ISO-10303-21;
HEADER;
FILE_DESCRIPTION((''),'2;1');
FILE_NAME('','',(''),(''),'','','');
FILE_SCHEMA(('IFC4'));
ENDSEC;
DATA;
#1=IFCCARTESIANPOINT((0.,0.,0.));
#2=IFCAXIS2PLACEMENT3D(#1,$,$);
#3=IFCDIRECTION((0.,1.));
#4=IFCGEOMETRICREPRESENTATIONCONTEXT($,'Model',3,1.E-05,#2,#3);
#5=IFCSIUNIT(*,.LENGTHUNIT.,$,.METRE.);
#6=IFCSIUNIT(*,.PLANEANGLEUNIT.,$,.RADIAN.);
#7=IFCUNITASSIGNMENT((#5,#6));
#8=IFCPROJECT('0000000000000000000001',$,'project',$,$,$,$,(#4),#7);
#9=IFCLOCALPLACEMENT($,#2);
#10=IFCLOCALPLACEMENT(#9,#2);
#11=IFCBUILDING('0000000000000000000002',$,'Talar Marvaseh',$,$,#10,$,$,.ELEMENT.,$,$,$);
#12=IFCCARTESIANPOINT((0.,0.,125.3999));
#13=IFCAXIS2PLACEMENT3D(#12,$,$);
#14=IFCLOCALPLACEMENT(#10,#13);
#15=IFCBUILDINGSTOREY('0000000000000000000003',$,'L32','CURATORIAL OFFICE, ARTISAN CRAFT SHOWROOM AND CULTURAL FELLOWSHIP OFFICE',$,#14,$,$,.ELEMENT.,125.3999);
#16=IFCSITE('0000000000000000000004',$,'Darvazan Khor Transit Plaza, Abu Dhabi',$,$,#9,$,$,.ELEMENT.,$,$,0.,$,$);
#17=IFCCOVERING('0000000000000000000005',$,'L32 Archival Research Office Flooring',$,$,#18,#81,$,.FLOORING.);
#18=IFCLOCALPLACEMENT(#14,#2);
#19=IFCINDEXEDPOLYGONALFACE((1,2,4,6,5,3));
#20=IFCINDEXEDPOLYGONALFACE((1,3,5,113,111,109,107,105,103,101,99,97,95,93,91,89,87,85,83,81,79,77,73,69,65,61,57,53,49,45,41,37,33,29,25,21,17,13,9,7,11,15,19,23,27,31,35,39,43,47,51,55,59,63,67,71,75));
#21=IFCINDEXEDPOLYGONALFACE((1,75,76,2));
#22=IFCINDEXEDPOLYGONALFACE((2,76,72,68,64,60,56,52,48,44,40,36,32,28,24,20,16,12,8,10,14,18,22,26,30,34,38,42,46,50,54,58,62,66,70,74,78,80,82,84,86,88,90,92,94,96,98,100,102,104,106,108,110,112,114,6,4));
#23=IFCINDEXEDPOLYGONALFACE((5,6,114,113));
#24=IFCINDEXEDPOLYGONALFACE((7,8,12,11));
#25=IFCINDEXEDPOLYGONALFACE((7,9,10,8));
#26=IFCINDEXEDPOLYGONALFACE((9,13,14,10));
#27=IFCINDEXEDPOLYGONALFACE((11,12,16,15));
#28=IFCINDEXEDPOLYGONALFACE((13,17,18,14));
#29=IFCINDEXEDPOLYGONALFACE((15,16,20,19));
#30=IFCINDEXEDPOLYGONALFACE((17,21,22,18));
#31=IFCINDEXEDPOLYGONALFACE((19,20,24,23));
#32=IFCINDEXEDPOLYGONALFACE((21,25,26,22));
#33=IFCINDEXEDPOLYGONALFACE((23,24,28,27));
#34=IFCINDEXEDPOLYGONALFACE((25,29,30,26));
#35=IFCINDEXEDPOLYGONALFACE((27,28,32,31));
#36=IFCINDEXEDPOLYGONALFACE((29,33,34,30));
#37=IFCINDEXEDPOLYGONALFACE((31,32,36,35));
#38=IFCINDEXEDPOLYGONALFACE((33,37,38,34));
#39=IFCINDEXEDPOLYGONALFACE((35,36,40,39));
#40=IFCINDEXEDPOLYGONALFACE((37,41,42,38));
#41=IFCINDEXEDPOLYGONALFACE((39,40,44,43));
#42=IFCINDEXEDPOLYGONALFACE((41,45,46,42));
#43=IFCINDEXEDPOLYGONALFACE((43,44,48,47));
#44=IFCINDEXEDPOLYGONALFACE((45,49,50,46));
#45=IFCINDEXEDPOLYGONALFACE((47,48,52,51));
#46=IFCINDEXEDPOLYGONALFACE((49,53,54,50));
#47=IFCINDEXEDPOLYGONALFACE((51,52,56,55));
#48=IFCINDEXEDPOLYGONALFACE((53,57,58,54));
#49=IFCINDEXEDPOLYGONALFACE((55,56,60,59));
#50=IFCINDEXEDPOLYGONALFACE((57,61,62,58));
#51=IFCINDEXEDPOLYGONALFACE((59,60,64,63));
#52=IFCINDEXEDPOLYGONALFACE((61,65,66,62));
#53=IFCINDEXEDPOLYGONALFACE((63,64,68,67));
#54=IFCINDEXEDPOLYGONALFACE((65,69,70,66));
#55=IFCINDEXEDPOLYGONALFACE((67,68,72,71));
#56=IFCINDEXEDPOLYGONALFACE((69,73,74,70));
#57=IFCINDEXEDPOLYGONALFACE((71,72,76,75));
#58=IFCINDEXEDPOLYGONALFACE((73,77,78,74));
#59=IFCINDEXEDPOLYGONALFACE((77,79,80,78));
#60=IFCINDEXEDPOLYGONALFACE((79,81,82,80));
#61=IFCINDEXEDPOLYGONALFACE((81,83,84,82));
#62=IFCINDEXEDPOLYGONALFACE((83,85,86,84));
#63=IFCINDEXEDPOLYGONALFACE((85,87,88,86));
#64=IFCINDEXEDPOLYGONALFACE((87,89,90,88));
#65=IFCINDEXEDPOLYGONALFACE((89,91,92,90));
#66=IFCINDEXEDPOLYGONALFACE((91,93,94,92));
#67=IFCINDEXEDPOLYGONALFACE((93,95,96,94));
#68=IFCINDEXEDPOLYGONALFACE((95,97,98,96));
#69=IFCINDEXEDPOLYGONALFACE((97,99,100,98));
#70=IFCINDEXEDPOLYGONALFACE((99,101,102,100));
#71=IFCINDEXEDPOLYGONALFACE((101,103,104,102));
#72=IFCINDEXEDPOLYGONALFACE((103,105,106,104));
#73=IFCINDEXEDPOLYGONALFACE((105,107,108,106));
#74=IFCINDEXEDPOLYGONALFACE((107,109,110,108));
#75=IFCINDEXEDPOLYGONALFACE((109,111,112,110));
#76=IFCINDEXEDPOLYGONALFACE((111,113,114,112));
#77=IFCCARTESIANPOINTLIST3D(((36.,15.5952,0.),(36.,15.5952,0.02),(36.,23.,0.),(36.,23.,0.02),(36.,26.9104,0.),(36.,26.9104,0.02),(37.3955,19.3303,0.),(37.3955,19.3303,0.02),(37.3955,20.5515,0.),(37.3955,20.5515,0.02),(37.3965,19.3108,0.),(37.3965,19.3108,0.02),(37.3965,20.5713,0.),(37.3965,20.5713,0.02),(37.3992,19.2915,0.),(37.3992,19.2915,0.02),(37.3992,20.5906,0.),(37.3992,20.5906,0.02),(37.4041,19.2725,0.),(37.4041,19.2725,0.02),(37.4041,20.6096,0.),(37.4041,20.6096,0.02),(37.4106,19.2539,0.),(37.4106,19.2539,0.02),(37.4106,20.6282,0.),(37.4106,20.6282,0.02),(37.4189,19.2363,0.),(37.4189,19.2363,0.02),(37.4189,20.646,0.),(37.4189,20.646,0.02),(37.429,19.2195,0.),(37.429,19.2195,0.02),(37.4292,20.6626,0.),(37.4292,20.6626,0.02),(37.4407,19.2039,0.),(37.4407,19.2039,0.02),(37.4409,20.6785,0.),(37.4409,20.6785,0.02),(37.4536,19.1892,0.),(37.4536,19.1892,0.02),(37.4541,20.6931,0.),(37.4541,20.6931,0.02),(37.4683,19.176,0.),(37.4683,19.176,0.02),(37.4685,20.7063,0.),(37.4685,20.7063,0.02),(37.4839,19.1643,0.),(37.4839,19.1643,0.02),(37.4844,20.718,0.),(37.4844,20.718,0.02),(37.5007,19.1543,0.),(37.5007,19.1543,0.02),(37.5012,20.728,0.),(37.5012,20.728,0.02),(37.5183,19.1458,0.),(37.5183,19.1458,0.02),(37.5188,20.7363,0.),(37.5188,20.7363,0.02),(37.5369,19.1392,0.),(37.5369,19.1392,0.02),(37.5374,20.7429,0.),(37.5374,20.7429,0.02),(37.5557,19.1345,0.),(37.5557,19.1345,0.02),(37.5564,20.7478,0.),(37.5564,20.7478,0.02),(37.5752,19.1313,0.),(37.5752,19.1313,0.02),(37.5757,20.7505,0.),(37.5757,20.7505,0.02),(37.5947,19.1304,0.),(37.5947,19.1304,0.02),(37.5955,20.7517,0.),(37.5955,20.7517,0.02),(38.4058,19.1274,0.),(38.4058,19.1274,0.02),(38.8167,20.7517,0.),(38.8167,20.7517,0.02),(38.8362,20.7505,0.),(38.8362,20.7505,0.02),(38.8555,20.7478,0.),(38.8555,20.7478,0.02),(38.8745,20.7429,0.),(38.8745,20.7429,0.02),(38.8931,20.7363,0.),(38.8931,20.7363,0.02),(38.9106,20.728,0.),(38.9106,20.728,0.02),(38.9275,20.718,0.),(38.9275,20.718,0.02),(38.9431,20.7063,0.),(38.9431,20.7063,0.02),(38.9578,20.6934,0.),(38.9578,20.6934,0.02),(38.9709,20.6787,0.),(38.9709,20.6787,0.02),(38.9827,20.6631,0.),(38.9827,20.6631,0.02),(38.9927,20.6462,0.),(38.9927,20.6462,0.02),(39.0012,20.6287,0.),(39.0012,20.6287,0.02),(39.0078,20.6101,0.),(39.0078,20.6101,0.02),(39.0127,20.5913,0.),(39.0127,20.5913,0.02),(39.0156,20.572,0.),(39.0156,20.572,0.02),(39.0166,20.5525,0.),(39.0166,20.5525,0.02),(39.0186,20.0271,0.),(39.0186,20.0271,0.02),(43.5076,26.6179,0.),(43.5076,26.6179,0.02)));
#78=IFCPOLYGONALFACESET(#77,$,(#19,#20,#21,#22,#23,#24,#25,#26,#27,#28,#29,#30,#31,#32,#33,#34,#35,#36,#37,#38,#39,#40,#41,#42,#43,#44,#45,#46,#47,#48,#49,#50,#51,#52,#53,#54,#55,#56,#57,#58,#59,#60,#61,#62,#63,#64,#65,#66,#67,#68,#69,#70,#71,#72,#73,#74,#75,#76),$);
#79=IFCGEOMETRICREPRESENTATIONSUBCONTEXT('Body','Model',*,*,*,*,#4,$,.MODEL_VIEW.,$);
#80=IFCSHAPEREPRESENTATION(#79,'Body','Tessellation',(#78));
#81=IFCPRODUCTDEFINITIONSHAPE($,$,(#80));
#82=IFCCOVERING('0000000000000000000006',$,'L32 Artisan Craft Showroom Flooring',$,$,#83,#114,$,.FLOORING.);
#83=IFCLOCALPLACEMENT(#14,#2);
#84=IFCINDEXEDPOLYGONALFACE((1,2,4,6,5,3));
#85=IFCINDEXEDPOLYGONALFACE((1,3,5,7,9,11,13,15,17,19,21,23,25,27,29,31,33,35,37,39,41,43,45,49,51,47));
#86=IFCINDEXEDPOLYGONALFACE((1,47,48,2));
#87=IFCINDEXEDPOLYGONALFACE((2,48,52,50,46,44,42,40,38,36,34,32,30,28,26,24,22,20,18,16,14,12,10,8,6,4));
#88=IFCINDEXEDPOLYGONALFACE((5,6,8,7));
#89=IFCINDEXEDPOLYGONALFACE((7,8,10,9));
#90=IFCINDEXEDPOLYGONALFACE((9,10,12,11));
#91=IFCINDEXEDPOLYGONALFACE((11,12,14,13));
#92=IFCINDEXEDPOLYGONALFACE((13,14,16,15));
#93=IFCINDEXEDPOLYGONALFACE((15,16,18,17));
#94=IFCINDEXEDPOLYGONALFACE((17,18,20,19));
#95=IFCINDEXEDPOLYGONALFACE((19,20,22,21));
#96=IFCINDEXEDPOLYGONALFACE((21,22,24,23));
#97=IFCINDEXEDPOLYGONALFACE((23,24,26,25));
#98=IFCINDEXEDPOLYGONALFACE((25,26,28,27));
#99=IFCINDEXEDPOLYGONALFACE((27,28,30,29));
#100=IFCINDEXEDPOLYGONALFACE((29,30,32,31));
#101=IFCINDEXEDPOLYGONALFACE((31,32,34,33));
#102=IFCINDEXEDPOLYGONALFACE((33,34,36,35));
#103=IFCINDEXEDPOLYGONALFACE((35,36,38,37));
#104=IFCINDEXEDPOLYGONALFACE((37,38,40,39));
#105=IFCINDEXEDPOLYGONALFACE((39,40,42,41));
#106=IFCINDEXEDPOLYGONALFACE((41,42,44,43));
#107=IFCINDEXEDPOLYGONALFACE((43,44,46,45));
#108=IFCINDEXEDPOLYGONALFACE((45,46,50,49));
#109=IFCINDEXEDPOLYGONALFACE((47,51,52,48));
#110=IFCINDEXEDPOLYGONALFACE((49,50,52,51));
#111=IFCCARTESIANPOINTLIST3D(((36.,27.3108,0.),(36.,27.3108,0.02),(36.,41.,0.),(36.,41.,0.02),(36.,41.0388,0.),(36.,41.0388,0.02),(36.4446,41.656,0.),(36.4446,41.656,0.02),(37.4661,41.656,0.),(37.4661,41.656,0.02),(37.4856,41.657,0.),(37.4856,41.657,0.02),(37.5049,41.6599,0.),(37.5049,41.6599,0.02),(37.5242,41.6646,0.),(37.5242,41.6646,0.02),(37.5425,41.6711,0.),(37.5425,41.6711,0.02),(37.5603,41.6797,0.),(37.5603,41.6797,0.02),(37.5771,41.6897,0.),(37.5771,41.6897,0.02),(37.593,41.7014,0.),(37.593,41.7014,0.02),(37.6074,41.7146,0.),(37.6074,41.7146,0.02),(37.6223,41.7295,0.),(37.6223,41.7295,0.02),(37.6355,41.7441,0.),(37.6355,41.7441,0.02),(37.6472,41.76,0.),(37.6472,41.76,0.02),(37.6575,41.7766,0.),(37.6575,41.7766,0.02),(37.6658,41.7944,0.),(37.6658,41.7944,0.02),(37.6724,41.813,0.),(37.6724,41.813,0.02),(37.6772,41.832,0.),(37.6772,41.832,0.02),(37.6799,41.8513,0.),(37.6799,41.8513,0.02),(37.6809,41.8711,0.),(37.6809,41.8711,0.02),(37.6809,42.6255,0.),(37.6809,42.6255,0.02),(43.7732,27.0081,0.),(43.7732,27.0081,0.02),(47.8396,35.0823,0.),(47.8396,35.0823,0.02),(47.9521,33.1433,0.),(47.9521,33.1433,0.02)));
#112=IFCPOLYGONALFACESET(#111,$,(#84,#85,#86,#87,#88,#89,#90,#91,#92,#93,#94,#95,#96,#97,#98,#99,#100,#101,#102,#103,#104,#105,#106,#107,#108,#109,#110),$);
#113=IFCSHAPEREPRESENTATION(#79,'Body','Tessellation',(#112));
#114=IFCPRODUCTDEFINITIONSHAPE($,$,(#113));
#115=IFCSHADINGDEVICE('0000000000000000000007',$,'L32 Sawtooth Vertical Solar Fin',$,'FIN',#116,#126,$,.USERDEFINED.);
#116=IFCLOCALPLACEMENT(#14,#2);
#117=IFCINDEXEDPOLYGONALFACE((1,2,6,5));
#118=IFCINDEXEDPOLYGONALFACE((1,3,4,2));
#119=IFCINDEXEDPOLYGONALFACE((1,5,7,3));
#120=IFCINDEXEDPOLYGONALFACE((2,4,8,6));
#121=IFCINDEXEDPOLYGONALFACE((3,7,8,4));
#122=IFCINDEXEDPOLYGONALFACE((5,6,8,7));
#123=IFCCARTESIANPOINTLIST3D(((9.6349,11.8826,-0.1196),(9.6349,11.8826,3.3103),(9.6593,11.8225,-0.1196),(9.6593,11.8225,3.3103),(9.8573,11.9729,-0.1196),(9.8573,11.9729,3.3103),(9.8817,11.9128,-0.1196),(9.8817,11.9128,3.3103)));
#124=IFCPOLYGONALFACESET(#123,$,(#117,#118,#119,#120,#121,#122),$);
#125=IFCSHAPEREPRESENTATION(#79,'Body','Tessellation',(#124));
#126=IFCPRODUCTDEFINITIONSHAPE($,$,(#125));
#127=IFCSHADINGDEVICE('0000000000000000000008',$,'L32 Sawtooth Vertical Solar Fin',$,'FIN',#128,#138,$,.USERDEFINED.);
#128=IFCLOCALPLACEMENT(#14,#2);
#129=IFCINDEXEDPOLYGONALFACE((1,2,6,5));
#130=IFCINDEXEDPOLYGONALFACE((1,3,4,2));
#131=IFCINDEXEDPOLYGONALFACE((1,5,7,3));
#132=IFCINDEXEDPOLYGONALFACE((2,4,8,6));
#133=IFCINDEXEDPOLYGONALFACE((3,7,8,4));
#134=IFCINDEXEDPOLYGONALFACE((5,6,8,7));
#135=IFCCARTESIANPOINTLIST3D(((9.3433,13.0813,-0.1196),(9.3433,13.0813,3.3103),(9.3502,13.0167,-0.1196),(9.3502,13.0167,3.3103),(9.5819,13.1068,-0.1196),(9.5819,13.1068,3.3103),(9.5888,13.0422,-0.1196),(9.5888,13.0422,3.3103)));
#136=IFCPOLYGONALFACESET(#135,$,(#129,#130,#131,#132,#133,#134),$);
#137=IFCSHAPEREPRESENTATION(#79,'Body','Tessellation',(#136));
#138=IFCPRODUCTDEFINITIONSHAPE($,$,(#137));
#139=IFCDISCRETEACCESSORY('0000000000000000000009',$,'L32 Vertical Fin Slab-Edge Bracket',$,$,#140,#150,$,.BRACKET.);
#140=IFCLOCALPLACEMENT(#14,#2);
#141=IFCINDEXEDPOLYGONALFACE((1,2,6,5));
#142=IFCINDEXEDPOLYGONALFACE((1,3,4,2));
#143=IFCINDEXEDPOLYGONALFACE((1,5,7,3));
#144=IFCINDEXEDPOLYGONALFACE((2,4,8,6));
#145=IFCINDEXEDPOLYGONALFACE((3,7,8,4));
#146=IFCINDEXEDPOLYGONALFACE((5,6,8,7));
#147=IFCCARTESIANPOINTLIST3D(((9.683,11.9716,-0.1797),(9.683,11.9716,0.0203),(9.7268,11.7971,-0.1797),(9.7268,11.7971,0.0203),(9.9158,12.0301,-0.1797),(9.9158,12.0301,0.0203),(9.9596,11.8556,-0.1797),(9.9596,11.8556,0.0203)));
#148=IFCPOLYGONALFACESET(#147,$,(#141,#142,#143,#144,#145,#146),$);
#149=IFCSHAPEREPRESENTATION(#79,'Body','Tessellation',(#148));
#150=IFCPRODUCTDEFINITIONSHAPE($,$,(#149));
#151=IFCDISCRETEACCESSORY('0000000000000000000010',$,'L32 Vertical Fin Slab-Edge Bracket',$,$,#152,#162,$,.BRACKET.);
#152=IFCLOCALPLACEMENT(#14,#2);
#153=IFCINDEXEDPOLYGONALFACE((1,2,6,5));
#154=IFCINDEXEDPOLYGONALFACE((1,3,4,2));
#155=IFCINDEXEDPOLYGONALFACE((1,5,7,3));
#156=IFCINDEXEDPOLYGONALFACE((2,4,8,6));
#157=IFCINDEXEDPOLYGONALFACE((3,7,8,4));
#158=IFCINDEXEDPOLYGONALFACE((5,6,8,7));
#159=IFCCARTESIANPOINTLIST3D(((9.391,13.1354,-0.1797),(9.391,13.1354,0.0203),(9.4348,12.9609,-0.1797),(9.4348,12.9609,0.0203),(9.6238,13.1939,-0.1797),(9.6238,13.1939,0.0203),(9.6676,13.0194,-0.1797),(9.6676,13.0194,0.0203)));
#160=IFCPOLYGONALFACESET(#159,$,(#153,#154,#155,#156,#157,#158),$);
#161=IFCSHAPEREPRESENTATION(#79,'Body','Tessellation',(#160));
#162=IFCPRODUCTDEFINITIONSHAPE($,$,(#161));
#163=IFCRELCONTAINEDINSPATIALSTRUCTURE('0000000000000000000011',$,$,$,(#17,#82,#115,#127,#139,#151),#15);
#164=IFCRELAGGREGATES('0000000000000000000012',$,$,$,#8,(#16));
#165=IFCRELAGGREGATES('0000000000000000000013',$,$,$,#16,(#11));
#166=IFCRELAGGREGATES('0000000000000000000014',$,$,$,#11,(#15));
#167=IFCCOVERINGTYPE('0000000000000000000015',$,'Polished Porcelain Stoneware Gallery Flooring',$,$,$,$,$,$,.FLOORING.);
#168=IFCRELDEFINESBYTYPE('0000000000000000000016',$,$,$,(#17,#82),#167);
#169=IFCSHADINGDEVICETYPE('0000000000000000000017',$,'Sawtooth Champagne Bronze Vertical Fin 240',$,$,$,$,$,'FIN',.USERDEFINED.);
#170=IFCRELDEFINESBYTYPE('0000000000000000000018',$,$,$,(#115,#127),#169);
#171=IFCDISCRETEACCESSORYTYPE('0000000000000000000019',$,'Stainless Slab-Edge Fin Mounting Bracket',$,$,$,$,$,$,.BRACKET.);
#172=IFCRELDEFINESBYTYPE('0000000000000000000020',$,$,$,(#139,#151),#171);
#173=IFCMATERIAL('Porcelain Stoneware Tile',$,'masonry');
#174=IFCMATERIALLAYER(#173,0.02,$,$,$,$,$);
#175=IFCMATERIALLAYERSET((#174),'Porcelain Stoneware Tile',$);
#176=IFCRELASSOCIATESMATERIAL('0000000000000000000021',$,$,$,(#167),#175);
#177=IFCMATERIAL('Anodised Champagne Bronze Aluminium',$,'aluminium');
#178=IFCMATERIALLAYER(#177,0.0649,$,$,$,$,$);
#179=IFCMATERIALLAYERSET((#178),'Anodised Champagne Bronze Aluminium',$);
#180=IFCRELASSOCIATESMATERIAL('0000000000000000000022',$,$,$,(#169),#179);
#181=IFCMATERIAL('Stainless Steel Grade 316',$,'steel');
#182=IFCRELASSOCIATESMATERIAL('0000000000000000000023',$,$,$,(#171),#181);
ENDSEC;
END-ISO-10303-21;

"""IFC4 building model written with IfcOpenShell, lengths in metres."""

from ifc_helpers import new_model, si_unit, direction, frame, origin, origin_2d, place, context, subcontext, project, spatial, polyline, rectangle, outline, extrude, source, transform, mapped, material, layer, layer_set, type_object, type_shapes, element, save


model = new_model("IFC4")

# Units and contexts
model_context = context("Model", 3, precision=1e-05, world=origin(), true_north=direction((0.0, 1.0)))
body_context = subcontext(model_context, "Body", "Model", "MODEL_VIEW")
ifc_project = project(units=[si_unit("LENGTHUNIT", "METRE"), si_unit("PLANEANGLEUNIT", "RADIAN")], contexts=[model_context])

# Site, building, storey
site_placement = place(None, origin())
site = spatial("IfcSite", under=ifc_project, at=site_placement, Name="Darvazan Khor Transit Plaza, Abu Dhabi", CompositionType="ELEMENT", RefElevation=0.0)
building_placement = place(site_placement, origin())
building = spatial("IfcBuilding", under=site, at=building_placement, Name="Talar Marvaseh", CompositionType="ELEMENT")
storey_placement = place(building_placement, frame((0.0, 0.0, 125.3999)))
storey = spatial("IfcBuildingStorey", under=building, at=storey_placement, Name="L32", Description="CURATORIAL OFFICE, ARTISAN CRAFT SHOWROOM AND CULTURAL FELLOWSHIP OFFICE", CompositionType="ELEMENT", Elevation=125.3999)

# Coverings
ifc_material_1 = material(Name="Porcelain Stoneware Tile", Category="masonry")
ifc_layer_1 = layer(ifc_material_1, 0.02)
ifc_layer_set_1 = layer_set([ifc_layer_1], Name="Porcelain Stoneware Tile")
covering_type_1 = type_object("IfcCoveringType", Name="Polished Porcelain Stoneware Gallery Flooring", PredefinedType="FLOORING", material=ifc_layer_set_1)
covering_1_placement = place(storey_placement, origin())
element("IfcCovering", 1, at=covering_1_placement, inside=storey, type_object=covering_type_1, Name="L32 Archival Research Office Flooring", PredefinedType="FLOORING", context=body_context, shape_type="SweptSolid", body=[
    extrude(outline(polyline([(39.0127, 20.5913), (39.0078, 20.6101), (39.0012, 20.6287), (38.9927, 20.6462), (38.9827, 20.6631), (38.9709, 20.6787), (38.9578, 20.6934), (38.9431, 20.7063), (38.9275, 20.718), (38.9106, 20.728), (38.8931, 20.7363), (38.8745, 20.7429), (38.8555, 20.7478), (38.8362, 20.7505), (38.8167, 20.7517), (37.5955, 20.7517), (37.5757, 20.7505), (37.5564, 20.7478), (37.5374, 20.7429), (37.5188, 20.7363), (37.5012, 20.728), (37.4844, 20.718), (37.4685, 20.7063), (37.4541, 20.6931), (37.4409, 20.6785), (37.4292, 20.6626), (37.4189, 20.646), (37.4106, 20.6282), (37.4041, 20.6096), (37.3992, 20.5906), (37.3965, 20.5713), (37.3955, 20.5515), (37.3955, 19.3303), (37.3965, 19.3108), (37.3992, 19.2915), (37.4041, 19.2725), (37.4106, 19.2539), (37.4189, 19.2363), (37.429, 19.2195), (37.4407, 19.2039), (37.4536, 19.1892), (37.4683, 19.176), (37.4839, 19.1643), (37.5007, 19.1543), (37.5183, 19.1458), (37.5369, 19.1392), (37.5557, 19.1345), (37.5752, 19.1313), (37.5947, 19.1304), (38.4058, 19.1274), (36.0, 15.5952), (36.0, 23.0), (36.0, 26.9104), (43.5076, 26.6179), (39.0186, 20.0271), (39.0166, 20.5525), (39.0156, 20.572), (39.0127, 20.5913)])), origin(), (0.0, 0.0, 1.0), 0.02),
])
covering_2_placement = place(storey_placement, origin())
element("IfcCovering", 2, at=covering_2_placement, inside=storey, type_object=covering_type_1, Name="L32 Artisan Craft Showroom Flooring", PredefinedType="FLOORING", context=body_context, shape_type="SweptSolid", body=[
    extrude(outline(polyline([(37.4661, 41.656), (37.4856, 41.657), (37.5049, 41.6599), (37.5242, 41.6646), (37.5425, 41.6711), (37.5603, 41.6797), (37.5771, 41.6897), (37.593, 41.7014), (37.6074, 41.7146), (37.6223, 41.7295), (37.6355, 41.7441), (37.6472, 41.76), (37.6575, 41.7766), (37.6658, 41.7944), (37.6724, 41.813), (37.6772, 41.832), (37.6799, 41.8513), (37.6809, 41.8711), (37.6809, 42.6255), (47.8396, 35.0823), (47.9521, 33.1433), (43.7732, 27.0081), (36.0, 27.3108), (36.0, 41.0), (36.0, 41.0388), (36.4446, 41.656), (37.4661, 41.656)])), origin(), (0.0, 0.0, 1.0), 0.02),
])

# Shading devices
ifc_material_2 = material(Name="Anodised Champagne Bronze Aluminium", Category="aluminium")
ifc_layer_2 = layer(ifc_material_2, 0.0649)
ifc_layer_set_2 = layer_set([ifc_layer_2], Name="Anodised Champagne Bronze Aluminium")
shading_device_type = type_object("IfcShadingDeviceType", Name="Sawtooth Champagne Bronze Vertical Fin 240", ElementType="FIN", PredefinedType="USERDEFINED", material=ifc_layer_set_2)
shared_shape_1 = source(origin(), body_context, "Body", "SweptSolid", [
    extrude(rectangle(XDim=0.24, YDim=0.0649, at=origin_2d()), origin(), (0.0, 0.0, 1.0), 3.4299),
])
type_shapes(shading_device_type, [shared_shape_1])
for number, where, z_axis, x_axis, name in (
    (3, (9.7583, 11.8977, -0.1196), (0.0, 0.0, 1.0), (-0.926529, -0.376224, 0.0), "L32 Sawtooth Vertical Solar Fin"),
    (4, (9.4661, 13.0618, -0.1196), (0.0, 0.0, 1.0), (-0.994338, -0.106264, 0.0), "L32 Sawtooth Vertical Solar Fin"),
):
    element("IfcShadingDevice", number, at=place(storey_placement, frame(where, z_axis=z_axis, x_axis=x_axis)), inside=storey, type_object=shading_device_type, Name=name, ObjectType="FIN", PredefinedType="USERDEFINED", context=body_context, shape_type="MappedRepresentation", body=[
        mapped(shared_shape_1, transform((0.0, 0.0, 0.0), x_axis=(1.0, 0.0, 0.0), y_axis=(0.0, 1.0, 0.0), z_axis=(0.0, 0.0, 1.0), scale=1.0)),
    ])

# Discrete accessories
ifc_material_3 = material(Name="Stainless Steel Grade 316", Category="steel")
discrete_accessory_type = type_object("IfcDiscreteAccessoryType", Name="Stainless Slab-Edge Fin Mounting Bracket", PredefinedType="BRACKET", material=ifc_material_3)
shared_shape_2 = source(origin(), body_context, "Body", "SweptSolid", [
    extrude(rectangle(XDim=0.24, YDim=0.1799, at=origin_2d()), origin(), (0.0, 0.0, 1.0), 0.2),
])
type_shapes(discrete_accessory_type, [shared_shape_2])
for number, where, z_axis, x_axis, name in (
    (5, (9.8213, 11.9136, -0.1797), (0.0, 0.0, 1.0), (-0.969872, -0.243615, 0.0), "L32 Vertical Fin Slab-Edge Bracket"),
    (6, (9.5293, 13.0774, -0.1797), (0.0, 0.0, 1.0), (-0.969872, -0.243615, 0.0), "L32 Vertical Fin Slab-Edge Bracket"),
):
    element("IfcDiscreteAccessory", number, at=place(storey_placement, frame(where, z_axis=z_axis, x_axis=x_axis)), inside=storey, type_object=discrete_accessory_type, Name=name, PredefinedType="BRACKET", context=body_context, shape_type="MappedRepresentation", body=[
        mapped(shared_shape_2, transform((0.0, 0.0, 0.0), x_axis=(1.0, 0.0, 0.0), y_axis=(0.0, 1.0, 0.0), z_axis=(0.0, 0.0, 1.0), scale=1.0)),
    ])

save(model, "model.ifc")
